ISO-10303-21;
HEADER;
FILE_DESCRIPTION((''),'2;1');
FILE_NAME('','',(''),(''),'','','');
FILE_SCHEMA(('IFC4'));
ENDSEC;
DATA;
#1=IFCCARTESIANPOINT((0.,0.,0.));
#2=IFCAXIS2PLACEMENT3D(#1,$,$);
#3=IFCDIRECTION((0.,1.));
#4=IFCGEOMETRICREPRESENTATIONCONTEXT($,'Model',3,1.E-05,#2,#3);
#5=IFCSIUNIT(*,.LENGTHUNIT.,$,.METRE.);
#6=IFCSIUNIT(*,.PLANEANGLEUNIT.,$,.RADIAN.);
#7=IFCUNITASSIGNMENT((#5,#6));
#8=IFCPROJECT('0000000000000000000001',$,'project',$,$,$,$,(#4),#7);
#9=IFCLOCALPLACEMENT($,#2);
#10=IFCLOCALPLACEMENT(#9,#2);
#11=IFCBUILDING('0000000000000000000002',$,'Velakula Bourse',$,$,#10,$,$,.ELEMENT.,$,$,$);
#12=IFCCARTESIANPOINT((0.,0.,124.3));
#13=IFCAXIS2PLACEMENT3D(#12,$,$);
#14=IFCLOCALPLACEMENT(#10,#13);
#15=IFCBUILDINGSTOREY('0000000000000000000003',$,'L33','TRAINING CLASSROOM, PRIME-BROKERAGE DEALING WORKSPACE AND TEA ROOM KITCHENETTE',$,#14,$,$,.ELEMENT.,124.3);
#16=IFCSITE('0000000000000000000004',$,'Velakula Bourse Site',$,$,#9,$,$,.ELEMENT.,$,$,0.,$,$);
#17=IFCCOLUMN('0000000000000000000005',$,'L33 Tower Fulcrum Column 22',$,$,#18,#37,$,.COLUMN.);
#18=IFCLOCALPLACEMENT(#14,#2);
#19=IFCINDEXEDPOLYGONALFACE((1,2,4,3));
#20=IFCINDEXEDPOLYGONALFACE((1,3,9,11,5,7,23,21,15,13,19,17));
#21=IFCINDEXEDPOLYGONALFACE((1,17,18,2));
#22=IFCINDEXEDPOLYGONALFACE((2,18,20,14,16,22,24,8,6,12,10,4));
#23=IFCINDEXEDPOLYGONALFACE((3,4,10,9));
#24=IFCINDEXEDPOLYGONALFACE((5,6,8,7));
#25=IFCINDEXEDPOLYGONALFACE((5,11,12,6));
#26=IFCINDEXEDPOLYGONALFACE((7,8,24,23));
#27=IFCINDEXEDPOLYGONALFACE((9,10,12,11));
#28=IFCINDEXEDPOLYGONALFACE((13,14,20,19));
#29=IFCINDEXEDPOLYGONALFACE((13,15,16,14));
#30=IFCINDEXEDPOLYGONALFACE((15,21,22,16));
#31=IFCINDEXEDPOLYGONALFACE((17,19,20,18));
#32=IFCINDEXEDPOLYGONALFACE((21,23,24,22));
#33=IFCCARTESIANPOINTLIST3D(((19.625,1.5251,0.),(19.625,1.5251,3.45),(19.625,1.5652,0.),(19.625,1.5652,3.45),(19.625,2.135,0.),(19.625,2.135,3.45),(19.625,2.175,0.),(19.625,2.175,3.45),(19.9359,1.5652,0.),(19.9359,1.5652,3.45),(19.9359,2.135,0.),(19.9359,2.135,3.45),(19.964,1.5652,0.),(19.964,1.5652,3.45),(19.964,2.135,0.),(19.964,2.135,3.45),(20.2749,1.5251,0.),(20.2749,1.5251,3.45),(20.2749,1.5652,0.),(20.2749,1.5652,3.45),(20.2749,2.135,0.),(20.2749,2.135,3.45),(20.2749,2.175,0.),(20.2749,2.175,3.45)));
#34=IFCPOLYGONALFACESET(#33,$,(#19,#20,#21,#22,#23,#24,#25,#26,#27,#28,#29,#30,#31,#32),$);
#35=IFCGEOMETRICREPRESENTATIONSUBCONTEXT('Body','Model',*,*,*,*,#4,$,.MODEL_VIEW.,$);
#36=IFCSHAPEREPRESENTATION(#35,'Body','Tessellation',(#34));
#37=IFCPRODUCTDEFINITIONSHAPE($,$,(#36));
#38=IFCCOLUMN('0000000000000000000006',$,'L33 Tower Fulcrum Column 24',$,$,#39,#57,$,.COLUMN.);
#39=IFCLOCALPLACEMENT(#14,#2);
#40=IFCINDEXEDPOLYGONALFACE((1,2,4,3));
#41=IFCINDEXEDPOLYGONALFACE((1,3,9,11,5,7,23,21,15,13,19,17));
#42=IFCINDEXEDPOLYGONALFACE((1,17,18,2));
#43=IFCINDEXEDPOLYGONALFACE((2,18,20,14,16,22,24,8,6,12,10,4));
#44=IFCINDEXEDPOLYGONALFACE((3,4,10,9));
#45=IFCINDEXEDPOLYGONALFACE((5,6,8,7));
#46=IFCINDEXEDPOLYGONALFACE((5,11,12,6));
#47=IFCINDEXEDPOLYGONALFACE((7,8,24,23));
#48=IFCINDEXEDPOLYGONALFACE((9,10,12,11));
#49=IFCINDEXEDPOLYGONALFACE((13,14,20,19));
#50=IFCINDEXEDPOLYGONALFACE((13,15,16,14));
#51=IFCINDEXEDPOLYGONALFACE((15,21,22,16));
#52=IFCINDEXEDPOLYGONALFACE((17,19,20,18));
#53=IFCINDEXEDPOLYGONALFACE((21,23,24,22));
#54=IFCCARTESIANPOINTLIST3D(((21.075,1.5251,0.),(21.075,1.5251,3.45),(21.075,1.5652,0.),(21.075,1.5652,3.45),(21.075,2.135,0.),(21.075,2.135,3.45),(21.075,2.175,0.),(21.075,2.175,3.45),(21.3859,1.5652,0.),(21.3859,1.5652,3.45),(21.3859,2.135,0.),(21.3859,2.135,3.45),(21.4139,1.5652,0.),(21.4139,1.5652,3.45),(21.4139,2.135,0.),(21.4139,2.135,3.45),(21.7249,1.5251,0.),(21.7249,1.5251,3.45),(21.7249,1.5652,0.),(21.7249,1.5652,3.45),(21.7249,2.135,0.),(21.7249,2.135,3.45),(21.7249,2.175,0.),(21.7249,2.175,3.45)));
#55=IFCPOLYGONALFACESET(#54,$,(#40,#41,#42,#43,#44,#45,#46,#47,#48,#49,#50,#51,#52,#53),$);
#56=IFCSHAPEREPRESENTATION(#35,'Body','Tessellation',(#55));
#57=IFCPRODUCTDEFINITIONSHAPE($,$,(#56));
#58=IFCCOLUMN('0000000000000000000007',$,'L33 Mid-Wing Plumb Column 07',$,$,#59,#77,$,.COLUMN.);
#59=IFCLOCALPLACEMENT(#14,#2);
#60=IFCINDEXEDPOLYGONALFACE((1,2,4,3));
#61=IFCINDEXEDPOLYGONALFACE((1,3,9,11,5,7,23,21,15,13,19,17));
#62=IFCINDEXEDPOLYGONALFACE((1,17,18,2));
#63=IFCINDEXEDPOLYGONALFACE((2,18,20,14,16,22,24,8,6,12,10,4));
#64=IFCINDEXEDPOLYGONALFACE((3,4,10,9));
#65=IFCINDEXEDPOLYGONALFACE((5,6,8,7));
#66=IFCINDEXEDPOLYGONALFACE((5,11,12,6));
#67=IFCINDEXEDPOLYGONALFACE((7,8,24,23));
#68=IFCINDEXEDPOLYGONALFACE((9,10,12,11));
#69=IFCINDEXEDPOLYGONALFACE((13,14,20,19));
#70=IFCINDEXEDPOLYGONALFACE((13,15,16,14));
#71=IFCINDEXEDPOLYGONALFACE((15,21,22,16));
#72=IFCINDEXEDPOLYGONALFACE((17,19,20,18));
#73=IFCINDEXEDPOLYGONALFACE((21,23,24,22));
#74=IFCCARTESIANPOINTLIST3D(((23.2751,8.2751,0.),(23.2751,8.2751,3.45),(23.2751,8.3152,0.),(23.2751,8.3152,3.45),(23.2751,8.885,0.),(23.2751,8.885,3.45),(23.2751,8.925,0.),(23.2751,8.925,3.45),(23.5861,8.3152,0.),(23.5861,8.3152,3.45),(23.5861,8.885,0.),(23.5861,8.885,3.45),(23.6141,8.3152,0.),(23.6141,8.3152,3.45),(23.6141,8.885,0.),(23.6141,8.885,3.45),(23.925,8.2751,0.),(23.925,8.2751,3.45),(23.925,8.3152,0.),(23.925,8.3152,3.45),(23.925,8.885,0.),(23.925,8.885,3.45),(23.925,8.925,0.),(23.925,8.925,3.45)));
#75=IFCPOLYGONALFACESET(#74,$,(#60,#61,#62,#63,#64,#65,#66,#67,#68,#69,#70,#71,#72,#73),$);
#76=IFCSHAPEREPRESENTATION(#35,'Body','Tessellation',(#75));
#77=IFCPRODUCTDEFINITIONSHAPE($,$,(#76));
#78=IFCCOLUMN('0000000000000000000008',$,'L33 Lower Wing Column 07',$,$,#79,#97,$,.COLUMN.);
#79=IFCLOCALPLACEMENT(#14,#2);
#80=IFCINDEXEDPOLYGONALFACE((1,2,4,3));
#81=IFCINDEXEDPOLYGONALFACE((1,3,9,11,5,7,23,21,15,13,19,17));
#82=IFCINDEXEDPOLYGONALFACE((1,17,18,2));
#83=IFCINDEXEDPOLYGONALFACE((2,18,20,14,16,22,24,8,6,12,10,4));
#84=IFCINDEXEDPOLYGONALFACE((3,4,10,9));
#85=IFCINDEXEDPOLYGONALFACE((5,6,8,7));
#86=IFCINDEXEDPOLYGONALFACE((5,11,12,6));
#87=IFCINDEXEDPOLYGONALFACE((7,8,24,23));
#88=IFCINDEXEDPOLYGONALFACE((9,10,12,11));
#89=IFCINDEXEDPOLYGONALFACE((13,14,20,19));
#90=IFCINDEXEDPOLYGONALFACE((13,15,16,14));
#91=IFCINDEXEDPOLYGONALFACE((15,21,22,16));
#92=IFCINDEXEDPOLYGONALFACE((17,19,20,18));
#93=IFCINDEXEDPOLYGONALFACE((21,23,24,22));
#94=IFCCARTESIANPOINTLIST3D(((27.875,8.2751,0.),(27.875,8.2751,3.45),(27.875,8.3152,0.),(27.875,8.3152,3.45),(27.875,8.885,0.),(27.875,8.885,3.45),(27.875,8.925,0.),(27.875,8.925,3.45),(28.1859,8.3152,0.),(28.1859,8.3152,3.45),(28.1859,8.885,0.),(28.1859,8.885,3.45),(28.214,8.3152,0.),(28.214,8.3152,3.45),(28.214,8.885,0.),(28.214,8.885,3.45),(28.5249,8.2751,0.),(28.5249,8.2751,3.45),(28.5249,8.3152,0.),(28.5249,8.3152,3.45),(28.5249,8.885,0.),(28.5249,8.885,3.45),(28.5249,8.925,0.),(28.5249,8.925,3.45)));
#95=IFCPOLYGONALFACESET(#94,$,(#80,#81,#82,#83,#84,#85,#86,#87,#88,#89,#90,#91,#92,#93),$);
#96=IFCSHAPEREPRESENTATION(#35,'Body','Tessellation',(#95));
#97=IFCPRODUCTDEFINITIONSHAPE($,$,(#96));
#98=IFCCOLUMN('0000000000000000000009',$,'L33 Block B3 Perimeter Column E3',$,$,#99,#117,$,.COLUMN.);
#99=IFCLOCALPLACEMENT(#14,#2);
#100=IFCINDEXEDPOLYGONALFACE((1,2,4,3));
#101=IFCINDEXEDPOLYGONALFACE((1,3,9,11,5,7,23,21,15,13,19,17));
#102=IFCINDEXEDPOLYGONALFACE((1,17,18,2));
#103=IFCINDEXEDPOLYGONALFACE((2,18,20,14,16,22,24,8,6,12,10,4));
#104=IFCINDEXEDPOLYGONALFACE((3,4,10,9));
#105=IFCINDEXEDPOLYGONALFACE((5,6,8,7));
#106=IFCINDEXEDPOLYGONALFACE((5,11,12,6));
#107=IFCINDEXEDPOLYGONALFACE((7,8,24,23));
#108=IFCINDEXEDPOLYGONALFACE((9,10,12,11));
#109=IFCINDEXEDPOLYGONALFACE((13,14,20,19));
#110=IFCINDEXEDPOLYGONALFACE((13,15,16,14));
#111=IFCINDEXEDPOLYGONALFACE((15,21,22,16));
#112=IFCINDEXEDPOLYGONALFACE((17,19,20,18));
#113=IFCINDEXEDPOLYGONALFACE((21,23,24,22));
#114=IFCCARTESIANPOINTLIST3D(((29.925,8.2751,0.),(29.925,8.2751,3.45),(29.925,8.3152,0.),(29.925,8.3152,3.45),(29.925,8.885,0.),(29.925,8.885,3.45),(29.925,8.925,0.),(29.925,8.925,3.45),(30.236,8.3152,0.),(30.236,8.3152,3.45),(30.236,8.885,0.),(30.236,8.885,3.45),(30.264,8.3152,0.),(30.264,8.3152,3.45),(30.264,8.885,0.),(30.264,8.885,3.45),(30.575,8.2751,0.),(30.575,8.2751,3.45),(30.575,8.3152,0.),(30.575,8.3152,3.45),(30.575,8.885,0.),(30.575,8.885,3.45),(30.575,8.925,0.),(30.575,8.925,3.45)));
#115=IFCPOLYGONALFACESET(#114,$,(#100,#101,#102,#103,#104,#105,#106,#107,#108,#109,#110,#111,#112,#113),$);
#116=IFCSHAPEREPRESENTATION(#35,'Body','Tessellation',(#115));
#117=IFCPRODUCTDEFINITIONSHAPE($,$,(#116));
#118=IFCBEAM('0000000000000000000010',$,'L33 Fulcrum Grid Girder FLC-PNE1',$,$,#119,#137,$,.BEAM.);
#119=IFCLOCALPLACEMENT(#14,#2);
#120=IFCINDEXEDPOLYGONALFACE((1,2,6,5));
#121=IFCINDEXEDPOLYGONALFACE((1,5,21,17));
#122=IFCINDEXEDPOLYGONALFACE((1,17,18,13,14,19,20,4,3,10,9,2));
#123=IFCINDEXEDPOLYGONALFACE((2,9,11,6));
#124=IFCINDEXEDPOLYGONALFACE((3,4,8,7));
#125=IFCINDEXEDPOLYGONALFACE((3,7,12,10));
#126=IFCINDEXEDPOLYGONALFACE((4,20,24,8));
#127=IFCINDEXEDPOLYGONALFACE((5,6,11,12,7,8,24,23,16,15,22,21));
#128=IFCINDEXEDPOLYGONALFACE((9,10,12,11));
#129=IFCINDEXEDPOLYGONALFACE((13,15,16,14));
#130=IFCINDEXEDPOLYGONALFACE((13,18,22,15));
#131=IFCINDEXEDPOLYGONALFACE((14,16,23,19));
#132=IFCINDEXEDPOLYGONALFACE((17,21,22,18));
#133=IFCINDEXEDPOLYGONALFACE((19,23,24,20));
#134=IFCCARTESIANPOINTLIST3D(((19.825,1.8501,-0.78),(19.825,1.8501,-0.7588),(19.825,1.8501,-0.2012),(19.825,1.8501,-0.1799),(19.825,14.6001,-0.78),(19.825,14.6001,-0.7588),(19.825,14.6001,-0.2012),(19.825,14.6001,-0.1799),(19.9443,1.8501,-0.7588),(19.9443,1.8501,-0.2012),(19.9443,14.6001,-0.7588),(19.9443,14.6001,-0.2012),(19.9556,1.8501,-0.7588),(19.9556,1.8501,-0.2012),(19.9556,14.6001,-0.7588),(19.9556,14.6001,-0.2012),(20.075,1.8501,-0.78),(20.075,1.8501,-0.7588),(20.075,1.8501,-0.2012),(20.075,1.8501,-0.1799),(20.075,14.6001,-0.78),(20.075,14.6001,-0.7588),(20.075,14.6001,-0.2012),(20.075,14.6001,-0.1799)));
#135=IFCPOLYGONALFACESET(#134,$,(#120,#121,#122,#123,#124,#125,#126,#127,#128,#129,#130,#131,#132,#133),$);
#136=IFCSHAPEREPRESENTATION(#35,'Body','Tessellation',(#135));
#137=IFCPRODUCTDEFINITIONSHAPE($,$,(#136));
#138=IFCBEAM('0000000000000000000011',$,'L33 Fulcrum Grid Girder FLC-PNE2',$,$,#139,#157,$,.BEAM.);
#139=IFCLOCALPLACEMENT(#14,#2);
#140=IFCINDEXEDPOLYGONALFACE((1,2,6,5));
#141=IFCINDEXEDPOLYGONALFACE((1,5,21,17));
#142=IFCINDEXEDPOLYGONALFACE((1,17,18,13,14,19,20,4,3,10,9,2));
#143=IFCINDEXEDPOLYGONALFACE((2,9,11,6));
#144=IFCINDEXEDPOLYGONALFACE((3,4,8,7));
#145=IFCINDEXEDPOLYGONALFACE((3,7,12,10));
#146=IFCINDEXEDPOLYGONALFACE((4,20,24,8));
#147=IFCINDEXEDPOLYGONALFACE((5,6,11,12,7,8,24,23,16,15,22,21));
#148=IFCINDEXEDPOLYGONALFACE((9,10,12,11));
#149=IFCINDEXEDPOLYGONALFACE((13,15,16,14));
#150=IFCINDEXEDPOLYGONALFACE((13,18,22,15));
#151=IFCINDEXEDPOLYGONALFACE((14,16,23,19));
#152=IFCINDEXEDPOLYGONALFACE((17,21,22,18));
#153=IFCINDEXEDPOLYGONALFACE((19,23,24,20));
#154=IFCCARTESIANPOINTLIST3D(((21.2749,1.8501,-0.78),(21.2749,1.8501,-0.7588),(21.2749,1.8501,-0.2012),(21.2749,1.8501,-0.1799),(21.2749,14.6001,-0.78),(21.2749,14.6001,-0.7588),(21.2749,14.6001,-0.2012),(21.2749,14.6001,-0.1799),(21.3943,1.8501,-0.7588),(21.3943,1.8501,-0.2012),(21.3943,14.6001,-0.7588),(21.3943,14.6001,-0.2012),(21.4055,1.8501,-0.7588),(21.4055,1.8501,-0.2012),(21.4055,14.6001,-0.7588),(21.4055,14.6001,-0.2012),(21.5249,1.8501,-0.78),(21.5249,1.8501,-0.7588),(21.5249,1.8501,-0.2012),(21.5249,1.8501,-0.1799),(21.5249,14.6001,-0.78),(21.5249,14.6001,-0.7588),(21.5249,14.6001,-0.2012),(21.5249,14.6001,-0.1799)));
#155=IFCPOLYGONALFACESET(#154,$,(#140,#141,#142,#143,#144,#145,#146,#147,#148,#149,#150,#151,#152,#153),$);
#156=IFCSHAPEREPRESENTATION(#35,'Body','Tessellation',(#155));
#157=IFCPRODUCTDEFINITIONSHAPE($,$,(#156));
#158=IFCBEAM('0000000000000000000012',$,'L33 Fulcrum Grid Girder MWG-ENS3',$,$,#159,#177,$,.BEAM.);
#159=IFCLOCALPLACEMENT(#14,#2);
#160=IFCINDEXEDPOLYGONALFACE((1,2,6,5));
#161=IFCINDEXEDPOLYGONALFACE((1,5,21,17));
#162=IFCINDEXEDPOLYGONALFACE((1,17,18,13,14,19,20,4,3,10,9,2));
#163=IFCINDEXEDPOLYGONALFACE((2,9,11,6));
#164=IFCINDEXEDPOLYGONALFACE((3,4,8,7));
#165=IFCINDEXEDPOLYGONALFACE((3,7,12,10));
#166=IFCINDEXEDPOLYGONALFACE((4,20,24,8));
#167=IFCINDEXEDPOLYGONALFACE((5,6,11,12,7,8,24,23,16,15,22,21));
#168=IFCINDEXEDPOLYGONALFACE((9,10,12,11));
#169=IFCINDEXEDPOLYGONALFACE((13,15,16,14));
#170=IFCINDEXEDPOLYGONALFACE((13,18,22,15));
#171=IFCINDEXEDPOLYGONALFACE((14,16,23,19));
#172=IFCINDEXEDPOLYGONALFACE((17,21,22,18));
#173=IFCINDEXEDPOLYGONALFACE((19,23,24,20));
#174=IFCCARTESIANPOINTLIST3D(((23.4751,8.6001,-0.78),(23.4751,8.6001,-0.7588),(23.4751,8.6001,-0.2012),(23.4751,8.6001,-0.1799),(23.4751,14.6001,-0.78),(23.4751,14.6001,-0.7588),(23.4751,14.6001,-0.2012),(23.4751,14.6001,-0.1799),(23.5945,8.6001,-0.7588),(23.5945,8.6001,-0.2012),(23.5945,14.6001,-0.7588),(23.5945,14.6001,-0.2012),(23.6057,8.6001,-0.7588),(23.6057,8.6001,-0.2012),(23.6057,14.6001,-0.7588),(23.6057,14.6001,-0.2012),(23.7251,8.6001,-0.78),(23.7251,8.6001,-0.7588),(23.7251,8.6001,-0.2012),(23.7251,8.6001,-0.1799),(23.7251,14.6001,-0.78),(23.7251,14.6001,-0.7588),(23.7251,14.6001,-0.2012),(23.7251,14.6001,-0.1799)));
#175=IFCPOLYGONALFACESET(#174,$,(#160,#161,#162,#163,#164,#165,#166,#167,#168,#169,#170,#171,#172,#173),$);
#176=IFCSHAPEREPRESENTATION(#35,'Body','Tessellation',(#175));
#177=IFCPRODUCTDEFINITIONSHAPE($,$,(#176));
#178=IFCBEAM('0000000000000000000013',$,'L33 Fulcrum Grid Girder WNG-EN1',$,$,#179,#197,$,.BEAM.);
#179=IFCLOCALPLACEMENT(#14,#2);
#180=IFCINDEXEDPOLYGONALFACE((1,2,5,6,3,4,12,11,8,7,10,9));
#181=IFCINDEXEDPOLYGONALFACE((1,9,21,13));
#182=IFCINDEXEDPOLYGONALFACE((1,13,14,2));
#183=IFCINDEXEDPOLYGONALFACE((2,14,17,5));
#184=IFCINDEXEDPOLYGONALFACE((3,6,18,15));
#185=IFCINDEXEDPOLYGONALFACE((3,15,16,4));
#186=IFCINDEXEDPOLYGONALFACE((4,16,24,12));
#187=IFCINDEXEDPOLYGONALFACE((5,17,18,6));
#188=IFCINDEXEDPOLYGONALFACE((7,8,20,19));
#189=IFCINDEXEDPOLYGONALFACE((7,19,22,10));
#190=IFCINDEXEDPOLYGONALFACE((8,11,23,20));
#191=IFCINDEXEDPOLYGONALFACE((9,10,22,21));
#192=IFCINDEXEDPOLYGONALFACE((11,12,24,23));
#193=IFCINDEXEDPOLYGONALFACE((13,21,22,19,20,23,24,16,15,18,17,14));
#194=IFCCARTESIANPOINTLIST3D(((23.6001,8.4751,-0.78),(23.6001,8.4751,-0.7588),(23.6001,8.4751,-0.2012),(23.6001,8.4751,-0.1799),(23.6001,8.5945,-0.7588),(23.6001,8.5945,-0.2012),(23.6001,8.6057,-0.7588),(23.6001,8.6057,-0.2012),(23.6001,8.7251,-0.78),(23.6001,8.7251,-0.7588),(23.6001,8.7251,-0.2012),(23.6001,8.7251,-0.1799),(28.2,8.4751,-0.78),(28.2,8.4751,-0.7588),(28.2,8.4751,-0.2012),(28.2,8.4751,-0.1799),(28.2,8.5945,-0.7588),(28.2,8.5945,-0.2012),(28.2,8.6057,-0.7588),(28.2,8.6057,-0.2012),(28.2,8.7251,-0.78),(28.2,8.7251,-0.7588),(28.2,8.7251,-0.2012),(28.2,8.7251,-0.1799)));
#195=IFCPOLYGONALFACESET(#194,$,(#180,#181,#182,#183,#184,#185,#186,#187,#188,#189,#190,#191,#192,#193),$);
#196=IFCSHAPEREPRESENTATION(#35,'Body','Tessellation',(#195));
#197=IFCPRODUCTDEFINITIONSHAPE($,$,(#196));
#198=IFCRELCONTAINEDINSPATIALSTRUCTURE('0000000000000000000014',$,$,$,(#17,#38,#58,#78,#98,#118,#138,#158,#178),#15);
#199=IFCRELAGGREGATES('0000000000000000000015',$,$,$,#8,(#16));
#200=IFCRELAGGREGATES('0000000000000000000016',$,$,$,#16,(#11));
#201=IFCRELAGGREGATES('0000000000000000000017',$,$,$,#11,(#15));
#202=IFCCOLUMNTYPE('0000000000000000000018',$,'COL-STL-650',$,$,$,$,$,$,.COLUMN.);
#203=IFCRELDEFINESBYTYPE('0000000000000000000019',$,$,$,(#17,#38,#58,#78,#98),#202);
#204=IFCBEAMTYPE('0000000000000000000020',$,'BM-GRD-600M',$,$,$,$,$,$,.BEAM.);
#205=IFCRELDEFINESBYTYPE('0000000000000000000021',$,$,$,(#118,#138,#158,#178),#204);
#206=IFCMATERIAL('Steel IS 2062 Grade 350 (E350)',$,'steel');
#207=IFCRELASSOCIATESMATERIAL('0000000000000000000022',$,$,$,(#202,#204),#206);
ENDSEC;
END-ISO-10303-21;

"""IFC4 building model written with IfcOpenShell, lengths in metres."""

from ifc_helpers import new_model, si_unit, direction, frame, origin, origin_2d, place, context, subcontext, project, spatial, i_section, extrude, material, material_profile, profile_set, type_object, element, save


model = new_model("IFC4")

# Units and contexts
model_context = context("Model", 3, precision=1e-05, world=origin(), true_north=direction((0.0, 1.0)))
body_context = subcontext(model_context, "Body", "Model", "MODEL_VIEW")
ifc_project = project(units=[si_unit("LENGTHUNIT", "METRE"), si_unit("PLANEANGLEUNIT", "RADIAN")], contexts=[model_context])

# Site, building, storey
site_placement = place(None, origin())
site = spatial("IfcSite", under=ifc_project, at=site_placement, Name="Velakula Bourse Site", CompositionType="ELEMENT", RefElevation=0.0)
building_placement = place(site_placement, origin())
building = spatial("IfcBuilding", under=site, at=building_placement, Name="Velakula Bourse", CompositionType="ELEMENT")
storey_placement = place(building_placement, frame((0.0, 0.0, 124.3)))
storey = spatial("IfcBuildingStorey", under=building, at=storey_placement, Name="L33", Description="TRAINING CLASSROOM, PRIME-BROKERAGE DEALING WORKSPACE AND TEA ROOM KITCHENETTE", CompositionType="ELEMENT", Elevation=124.3)

# Columns
ifc_material_1 = material(Name="Steel IS 2062 Grade 350 (E350)", Category="steel")
ifc_material_profile_1 = material_profile(ifc_material_1, i_section(OverallWidth=0.6499, OverallDepth=0.6499, WebThickness=0.0281, FlangeThickness=0.04, at=origin_2d()), Name="Steel IS 2062 Grade 350 (E350)")
ifc_profile_set_1 = profile_set([ifc_material_profile_1], Name="Steel IS 2062 Grade 350 (E350)")
column_type = type_object("IfcColumnType", Name="COL-STL-650", PredefinedType="COLUMN", material=ifc_profile_set_1)
for number, where, z_axis, x_axis, name in (
    (1, (19.95, 1.8501, 0.0), (0.0, 0.0, 1.0), (1.0, 0.0, 0.0), "L33 Tower Fulcrum Column 22"),
    (2, (21.3999, 1.8501, 0.0), (0.0, 0.0, 1.0), (1.0, 0.0, 0.0), "L33 Tower Fulcrum Column 24"),
    (3, (23.6001, 8.6001, 0.0), (0.0, 0.0, 1.0), (1.0, 0.0, 0.0), "L33 Mid-Wing Plumb Column 07"),
    (4, (28.2, 8.6001, 0.0), (0.0, 0.0, 1.0), (1.0, 0.0, 0.0), "L33 Lower Wing Column 07"),
    (5, (30.25, 8.6001, 0.0), (0.0, 0.0, 1.0), (1.0, 0.0, 0.0), "L33 Block B3 Perimeter Column E3"),
):
    element("IfcColumn", number, at=place(storey_placement, frame(where, z_axis=z_axis, x_axis=x_axis)), inside=storey, type_object=column_type, Name=name, PredefinedType="COLUMN", context=body_context, shape_type="SweptSolid", body=[
        extrude(i_section(OverallWidth=0.6499, OverallDepth=0.6499, WebThickness=0.0281, FlangeThickness=0.04, at=origin_2d()), origin(), (0.0, 0.0, 1.0), 3.45),
    ])

# Beams
ifc_material_profile_2 = material_profile(ifc_material_1, i_section(OverallWidth=0.25, OverallDepth=0.6001, WebThickness=0.0112, FlangeThickness=0.0212, at=origin_2d()), Name="Steel IS 2062 Grade 350 (E350)")
ifc_profile_set_2 = profile_set([ifc_material_profile_2], Name="Steel IS 2062 Grade 350 (E350)")
beam_type_1 = type_object("IfcBeamType", Name="BM-GRD-600M", PredefinedType="BEAM", material=ifc_profile_set_2)
for number, where, z_axis, x_axis, name in (
    (6, (19.95, 1.8501, -0.48), (0.0, 1.0, 0.0), (-1.0, 0.0, 0.0), "L33 Fulcrum Grid Girder FLC-PNE1"),
    (7, (21.3999, 1.8501, -0.48), (0.0, 1.0, 0.0), (-1.0, 0.0, 0.0), "L33 Fulcrum Grid Girder FLC-PNE2"),
):
    element("IfcBeam", number, at=place(storey_placement, frame(where, z_axis=z_axis, x_axis=x_axis)), inside=storey, type_object=beam_type_1, Name=name, PredefinedType="BEAM", context=body_context, shape_type="SweptSolid", body=[
        extrude(i_section(OverallWidth=0.25, OverallDepth=0.6001, WebThickness=0.0112, FlangeThickness=0.0212, at=origin_2d()), origin(), (0.0, 0.0, 1.0), 12.75),
    ])
beam_1_placement = place(storey_placement, frame((23.6001, 8.6001, -0.48), z_axis=(0.0, 1.0, 0.0), x_axis=(-1.0, 0.0, 0.0)))
element("IfcBeam", 8, at=beam_1_placement, inside=storey, type_object=beam_type_1, Name="L33 Fulcrum Grid Girder MWG-ENS3", PredefinedType="BEAM", context=body_context, shape_type="SweptSolid", body=[
    extrude(i_section(OverallWidth=0.25, OverallDepth=0.6001, WebThickness=0.0112, FlangeThickness=0.0212, at=origin_2d()), origin(), (0.0, 0.0, 1.0), 6.0),
])
beam_2_placement = place(storey_placement, frame((23.6001, 8.6001, -0.48), z_axis=(1.0, 0.0, 0.0), x_axis=(0.0, 1.0, 0.0)))
element("IfcBeam", 9, at=beam_2_placement, inside=storey, type_object=beam_type_1, Name="L33 Fulcrum Grid Girder WNG-EN1", PredefinedType="BEAM", context=body_context, shape_type="SweptSolid", body=[
    extrude(i_section(OverallWidth=0.25, OverallDepth=0.6001, WebThickness=0.0112, FlangeThickness=0.0212, at=origin_2d()), origin(), (0.0, 0.0, 1.0), 4.5999),
])

save(model, "model.ifc")
